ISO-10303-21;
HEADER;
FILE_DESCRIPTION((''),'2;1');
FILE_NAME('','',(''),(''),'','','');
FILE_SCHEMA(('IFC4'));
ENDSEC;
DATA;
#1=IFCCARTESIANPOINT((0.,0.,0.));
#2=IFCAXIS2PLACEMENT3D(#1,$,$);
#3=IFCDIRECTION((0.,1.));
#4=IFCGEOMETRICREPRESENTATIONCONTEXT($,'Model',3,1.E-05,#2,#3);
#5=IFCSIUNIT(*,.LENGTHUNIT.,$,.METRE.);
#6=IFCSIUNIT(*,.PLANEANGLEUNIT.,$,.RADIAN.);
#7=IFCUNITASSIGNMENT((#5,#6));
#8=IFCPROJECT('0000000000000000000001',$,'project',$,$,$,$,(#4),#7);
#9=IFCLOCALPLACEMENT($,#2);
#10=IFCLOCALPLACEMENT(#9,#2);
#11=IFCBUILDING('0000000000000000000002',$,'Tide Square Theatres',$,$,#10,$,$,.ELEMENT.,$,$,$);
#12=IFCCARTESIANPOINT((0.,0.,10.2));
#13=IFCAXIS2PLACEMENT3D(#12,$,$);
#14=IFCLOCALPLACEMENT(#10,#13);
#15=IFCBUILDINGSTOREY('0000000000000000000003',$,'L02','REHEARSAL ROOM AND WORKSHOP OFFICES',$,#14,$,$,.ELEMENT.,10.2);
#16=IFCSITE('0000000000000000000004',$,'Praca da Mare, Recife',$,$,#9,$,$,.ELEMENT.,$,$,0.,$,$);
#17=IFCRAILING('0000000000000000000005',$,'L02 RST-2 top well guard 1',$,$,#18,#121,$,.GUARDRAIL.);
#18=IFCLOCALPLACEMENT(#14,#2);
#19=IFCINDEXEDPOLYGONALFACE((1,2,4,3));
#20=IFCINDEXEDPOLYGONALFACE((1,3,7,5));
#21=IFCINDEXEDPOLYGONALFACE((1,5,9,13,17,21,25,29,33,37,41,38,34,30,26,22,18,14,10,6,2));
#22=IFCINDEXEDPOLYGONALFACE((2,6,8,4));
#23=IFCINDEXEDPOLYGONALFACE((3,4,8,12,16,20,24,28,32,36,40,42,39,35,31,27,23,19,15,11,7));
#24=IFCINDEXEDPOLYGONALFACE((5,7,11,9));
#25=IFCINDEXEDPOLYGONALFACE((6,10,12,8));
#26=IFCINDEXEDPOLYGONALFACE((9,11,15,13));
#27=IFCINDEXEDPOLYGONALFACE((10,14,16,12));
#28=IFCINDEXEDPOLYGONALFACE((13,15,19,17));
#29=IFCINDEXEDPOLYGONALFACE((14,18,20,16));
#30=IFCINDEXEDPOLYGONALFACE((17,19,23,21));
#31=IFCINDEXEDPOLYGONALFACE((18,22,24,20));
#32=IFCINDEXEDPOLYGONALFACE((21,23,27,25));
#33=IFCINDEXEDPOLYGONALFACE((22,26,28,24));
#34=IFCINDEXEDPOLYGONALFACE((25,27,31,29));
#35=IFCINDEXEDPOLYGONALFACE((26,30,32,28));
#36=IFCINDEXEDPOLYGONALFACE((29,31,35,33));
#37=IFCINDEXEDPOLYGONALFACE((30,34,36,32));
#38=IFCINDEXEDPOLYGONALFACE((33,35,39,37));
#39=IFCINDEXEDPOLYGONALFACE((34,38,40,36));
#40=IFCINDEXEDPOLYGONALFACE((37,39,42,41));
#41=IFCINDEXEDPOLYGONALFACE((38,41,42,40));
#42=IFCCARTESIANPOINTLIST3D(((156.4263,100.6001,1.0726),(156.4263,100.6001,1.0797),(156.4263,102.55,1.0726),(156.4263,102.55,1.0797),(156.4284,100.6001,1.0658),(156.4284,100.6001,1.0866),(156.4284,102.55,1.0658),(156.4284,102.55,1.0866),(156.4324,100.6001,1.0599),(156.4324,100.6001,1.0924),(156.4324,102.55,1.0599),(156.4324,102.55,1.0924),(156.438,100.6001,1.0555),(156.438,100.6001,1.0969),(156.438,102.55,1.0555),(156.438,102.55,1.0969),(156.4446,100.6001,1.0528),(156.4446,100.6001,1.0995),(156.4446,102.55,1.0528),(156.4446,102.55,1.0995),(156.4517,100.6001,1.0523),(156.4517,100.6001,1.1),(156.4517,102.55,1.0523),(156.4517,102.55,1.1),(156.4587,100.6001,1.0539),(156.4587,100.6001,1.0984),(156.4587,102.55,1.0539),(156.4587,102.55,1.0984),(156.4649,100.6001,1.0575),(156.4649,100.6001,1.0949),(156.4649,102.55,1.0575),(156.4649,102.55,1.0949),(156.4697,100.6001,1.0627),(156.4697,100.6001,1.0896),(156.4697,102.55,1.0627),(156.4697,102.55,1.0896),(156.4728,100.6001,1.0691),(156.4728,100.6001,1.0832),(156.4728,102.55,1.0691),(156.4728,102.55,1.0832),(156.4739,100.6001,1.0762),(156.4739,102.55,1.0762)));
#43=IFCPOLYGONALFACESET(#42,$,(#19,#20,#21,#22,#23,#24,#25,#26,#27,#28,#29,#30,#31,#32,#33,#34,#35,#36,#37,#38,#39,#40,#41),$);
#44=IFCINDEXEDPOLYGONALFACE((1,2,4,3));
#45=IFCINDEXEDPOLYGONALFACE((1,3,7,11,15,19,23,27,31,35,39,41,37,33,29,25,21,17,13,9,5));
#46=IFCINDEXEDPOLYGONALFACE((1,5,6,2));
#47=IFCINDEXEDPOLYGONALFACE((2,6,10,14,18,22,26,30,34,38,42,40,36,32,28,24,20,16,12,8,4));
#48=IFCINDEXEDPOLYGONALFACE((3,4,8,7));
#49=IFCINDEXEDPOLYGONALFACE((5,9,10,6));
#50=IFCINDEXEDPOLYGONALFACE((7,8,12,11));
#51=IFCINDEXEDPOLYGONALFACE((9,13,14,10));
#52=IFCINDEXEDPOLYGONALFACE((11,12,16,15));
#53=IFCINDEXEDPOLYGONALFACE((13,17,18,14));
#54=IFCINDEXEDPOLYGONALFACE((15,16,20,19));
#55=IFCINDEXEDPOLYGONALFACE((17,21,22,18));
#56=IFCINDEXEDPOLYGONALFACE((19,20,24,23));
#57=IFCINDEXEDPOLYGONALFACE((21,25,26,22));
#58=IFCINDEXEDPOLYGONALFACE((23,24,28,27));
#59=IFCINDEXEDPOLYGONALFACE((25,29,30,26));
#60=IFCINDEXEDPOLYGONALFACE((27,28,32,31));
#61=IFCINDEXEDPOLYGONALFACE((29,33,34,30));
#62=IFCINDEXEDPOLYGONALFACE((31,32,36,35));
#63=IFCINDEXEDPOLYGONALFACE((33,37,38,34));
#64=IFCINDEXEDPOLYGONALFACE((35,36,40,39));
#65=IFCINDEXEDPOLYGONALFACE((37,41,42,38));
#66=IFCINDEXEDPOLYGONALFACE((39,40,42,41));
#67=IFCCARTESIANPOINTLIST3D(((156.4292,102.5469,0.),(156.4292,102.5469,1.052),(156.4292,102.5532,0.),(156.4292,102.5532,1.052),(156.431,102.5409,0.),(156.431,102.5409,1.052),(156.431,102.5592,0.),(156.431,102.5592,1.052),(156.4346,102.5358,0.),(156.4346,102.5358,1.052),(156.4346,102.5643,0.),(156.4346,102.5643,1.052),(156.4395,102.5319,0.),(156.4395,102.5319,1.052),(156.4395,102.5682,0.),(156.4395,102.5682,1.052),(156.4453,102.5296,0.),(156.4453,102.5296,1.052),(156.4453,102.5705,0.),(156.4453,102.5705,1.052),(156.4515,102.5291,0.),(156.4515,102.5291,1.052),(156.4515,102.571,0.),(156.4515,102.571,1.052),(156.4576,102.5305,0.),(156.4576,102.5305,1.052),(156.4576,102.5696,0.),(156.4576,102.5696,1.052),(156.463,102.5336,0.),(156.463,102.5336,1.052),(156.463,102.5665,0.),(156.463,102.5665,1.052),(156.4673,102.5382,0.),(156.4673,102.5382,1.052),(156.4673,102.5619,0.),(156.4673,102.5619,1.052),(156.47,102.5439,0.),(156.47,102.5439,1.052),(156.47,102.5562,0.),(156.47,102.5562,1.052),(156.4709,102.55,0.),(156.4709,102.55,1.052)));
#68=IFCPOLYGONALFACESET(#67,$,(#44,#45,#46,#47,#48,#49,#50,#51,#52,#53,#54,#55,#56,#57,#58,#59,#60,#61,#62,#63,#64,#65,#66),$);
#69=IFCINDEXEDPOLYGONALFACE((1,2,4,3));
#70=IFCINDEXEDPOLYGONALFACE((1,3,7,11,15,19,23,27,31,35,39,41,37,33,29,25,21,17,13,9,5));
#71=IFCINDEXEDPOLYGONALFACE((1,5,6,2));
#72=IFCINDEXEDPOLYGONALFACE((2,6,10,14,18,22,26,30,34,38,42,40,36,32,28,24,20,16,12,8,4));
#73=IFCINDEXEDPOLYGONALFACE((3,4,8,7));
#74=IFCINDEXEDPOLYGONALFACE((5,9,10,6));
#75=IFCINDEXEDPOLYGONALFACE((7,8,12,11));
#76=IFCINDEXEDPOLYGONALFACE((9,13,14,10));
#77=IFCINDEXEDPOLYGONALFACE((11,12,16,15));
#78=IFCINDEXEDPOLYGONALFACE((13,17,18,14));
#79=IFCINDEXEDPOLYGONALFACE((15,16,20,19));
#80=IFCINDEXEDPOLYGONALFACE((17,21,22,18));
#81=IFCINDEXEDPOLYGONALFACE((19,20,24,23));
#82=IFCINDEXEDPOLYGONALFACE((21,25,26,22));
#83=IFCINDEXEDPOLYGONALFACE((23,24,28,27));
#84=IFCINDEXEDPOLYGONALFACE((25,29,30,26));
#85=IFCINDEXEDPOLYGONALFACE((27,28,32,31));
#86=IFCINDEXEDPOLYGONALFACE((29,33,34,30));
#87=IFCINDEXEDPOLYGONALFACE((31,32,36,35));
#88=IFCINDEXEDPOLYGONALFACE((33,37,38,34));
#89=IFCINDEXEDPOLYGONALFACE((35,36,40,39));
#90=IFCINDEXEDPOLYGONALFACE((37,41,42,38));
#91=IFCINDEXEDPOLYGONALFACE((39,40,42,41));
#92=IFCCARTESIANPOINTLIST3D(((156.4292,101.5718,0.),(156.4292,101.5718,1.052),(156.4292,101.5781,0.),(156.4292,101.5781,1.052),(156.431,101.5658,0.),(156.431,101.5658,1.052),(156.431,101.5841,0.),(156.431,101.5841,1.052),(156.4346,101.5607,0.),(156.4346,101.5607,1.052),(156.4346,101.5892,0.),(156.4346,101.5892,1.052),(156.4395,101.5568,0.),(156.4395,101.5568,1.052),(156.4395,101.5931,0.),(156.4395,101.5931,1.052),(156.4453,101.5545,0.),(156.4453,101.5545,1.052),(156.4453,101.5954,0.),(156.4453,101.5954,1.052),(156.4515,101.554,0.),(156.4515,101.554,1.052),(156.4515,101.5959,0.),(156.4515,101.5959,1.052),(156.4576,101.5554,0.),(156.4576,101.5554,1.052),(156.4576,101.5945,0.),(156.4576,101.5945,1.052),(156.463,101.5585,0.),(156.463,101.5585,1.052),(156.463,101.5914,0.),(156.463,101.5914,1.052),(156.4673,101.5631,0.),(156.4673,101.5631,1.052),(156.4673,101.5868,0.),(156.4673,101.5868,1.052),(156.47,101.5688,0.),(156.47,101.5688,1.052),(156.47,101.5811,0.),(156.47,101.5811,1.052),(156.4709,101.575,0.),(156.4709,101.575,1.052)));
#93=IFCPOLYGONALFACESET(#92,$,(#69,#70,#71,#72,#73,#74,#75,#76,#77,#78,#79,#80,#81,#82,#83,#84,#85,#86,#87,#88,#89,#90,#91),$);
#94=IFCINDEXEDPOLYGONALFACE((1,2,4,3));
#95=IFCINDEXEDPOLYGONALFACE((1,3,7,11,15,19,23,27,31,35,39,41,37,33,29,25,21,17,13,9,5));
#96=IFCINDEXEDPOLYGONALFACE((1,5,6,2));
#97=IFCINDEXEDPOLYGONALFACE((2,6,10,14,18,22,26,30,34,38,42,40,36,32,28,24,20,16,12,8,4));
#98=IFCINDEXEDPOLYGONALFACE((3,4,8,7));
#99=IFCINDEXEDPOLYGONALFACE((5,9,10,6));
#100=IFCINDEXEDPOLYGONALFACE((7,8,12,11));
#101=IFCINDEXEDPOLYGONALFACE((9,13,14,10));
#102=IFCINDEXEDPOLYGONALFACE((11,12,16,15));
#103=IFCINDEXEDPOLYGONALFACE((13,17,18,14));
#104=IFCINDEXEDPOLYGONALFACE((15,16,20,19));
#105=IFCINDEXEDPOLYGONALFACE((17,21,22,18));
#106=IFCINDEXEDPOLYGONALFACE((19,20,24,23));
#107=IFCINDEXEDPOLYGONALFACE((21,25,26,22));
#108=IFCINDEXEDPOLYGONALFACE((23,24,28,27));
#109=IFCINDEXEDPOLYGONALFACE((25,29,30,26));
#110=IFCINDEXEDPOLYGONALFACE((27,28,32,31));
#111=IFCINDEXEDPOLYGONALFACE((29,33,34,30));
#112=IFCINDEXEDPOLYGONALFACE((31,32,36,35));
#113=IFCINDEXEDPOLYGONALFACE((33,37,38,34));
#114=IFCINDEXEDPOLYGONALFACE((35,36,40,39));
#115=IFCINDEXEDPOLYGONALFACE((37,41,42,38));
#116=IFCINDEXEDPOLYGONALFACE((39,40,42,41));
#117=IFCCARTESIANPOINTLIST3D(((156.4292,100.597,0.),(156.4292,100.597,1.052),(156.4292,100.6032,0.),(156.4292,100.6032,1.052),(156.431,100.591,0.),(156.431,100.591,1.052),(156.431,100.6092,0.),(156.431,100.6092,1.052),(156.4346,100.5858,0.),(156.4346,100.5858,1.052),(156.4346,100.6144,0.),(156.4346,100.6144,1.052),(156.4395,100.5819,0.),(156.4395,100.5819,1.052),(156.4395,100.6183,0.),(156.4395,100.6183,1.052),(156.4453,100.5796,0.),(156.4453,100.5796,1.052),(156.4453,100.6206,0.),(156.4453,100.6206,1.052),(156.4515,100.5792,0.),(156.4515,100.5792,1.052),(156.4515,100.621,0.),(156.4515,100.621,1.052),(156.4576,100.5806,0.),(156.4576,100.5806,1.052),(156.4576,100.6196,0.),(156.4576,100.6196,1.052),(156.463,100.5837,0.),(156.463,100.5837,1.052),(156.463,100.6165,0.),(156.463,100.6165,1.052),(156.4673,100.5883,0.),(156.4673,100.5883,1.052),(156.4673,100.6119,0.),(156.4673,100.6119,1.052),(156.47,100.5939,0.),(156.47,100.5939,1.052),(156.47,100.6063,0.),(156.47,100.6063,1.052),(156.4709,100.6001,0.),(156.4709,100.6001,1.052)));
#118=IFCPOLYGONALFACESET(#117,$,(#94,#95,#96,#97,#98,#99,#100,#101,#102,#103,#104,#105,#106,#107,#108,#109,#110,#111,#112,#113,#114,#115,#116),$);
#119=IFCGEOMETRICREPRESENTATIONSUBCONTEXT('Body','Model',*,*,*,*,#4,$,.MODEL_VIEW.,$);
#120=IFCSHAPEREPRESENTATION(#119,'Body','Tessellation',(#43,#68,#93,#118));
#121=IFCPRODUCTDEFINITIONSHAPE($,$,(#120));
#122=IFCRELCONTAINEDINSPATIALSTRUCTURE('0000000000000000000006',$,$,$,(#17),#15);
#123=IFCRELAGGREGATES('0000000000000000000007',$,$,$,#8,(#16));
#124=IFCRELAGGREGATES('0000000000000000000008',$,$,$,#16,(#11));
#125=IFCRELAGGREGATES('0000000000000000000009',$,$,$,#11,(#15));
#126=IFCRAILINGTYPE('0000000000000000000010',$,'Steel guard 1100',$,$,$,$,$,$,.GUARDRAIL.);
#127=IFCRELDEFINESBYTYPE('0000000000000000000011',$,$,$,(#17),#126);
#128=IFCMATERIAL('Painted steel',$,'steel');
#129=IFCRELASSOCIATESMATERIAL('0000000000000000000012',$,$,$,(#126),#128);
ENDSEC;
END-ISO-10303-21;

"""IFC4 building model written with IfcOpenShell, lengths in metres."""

from ifc_helpers import new_model, si_unit, direction, frame, origin, origin_2d, place, context, subcontext, project, spatial, circle, extrude, material, type_object, element, save


model = new_model("IFC4")

# Units and contexts
model_context = context("Model", 3, precision=1e-05, world=origin(), true_north=direction((0.0, 1.0)))
body_context = subcontext(model_context, "Body", "Model", "MODEL_VIEW")
ifc_project = project(units=[si_unit("LENGTHUNIT", "METRE"), si_unit("PLANEANGLEUNIT", "RADIAN")], contexts=[model_context])

# Site, building, storey
site_placement = place(None, origin())
site = spatial("IfcSite", under=ifc_project, at=site_placement, Name="Praca da Mare, Recife", CompositionType="ELEMENT", RefElevation=0.0)
building_placement = place(site_placement, origin())
building = spatial("IfcBuilding", under=site, at=building_placement, Name="Tide Square Theatres", CompositionType="ELEMENT")
storey_placement = place(building_placement, frame((0.0, 0.0, 10.2)))
storey = spatial("IfcBuildingStorey", under=building, at=storey_placement, Name="L02", Description="REHEARSAL ROOM AND WORKSHOP OFFICES", CompositionType="ELEMENT", Elevation=10.2)

# Railing
ifc_material_1 = material(Name="Painted steel", Category="steel")
railing_type = type_object("IfcRailingType", Name="Steel guard 1100", PredefinedType="GUARDRAIL", material=ifc_material_1)
railing_placement = place(storey_placement, frame((156.45, 102.55, 0.0)))
element("IfcRailing", 1, at=railing_placement, inside=storey, type_object=railing_type, Name="L02 RST-2 top well guard 1", PredefinedType="GUARDRAIL", context=body_context, shape_type="SweptSolid", body=[
    extrude(circle(Radius=0.0239, at=origin_2d()), frame((0.0, 0.0, 1.0762), z_axis=(0.0, -1.0, 0.0), x_axis=(1.0, 0.0, 0.0)), (0.0, 0.0, 1.0), 1.95),
    extrude(circle(Radius=0.021, at=origin_2d()), origin(), (0.0, 0.0, 1.0), 1.052),
    extrude(circle(Radius=0.021, at=origin_2d()), frame((0.0, -0.9751, 0.0)), (0.0, 0.0, 1.0), 1.052),
    extrude(circle(Radius=0.021, at=origin_2d()), frame((0.0, -1.95, 0.0)), (0.0, 0.0, 1.0), 1.052),
])

save(model, "model.ifc")
